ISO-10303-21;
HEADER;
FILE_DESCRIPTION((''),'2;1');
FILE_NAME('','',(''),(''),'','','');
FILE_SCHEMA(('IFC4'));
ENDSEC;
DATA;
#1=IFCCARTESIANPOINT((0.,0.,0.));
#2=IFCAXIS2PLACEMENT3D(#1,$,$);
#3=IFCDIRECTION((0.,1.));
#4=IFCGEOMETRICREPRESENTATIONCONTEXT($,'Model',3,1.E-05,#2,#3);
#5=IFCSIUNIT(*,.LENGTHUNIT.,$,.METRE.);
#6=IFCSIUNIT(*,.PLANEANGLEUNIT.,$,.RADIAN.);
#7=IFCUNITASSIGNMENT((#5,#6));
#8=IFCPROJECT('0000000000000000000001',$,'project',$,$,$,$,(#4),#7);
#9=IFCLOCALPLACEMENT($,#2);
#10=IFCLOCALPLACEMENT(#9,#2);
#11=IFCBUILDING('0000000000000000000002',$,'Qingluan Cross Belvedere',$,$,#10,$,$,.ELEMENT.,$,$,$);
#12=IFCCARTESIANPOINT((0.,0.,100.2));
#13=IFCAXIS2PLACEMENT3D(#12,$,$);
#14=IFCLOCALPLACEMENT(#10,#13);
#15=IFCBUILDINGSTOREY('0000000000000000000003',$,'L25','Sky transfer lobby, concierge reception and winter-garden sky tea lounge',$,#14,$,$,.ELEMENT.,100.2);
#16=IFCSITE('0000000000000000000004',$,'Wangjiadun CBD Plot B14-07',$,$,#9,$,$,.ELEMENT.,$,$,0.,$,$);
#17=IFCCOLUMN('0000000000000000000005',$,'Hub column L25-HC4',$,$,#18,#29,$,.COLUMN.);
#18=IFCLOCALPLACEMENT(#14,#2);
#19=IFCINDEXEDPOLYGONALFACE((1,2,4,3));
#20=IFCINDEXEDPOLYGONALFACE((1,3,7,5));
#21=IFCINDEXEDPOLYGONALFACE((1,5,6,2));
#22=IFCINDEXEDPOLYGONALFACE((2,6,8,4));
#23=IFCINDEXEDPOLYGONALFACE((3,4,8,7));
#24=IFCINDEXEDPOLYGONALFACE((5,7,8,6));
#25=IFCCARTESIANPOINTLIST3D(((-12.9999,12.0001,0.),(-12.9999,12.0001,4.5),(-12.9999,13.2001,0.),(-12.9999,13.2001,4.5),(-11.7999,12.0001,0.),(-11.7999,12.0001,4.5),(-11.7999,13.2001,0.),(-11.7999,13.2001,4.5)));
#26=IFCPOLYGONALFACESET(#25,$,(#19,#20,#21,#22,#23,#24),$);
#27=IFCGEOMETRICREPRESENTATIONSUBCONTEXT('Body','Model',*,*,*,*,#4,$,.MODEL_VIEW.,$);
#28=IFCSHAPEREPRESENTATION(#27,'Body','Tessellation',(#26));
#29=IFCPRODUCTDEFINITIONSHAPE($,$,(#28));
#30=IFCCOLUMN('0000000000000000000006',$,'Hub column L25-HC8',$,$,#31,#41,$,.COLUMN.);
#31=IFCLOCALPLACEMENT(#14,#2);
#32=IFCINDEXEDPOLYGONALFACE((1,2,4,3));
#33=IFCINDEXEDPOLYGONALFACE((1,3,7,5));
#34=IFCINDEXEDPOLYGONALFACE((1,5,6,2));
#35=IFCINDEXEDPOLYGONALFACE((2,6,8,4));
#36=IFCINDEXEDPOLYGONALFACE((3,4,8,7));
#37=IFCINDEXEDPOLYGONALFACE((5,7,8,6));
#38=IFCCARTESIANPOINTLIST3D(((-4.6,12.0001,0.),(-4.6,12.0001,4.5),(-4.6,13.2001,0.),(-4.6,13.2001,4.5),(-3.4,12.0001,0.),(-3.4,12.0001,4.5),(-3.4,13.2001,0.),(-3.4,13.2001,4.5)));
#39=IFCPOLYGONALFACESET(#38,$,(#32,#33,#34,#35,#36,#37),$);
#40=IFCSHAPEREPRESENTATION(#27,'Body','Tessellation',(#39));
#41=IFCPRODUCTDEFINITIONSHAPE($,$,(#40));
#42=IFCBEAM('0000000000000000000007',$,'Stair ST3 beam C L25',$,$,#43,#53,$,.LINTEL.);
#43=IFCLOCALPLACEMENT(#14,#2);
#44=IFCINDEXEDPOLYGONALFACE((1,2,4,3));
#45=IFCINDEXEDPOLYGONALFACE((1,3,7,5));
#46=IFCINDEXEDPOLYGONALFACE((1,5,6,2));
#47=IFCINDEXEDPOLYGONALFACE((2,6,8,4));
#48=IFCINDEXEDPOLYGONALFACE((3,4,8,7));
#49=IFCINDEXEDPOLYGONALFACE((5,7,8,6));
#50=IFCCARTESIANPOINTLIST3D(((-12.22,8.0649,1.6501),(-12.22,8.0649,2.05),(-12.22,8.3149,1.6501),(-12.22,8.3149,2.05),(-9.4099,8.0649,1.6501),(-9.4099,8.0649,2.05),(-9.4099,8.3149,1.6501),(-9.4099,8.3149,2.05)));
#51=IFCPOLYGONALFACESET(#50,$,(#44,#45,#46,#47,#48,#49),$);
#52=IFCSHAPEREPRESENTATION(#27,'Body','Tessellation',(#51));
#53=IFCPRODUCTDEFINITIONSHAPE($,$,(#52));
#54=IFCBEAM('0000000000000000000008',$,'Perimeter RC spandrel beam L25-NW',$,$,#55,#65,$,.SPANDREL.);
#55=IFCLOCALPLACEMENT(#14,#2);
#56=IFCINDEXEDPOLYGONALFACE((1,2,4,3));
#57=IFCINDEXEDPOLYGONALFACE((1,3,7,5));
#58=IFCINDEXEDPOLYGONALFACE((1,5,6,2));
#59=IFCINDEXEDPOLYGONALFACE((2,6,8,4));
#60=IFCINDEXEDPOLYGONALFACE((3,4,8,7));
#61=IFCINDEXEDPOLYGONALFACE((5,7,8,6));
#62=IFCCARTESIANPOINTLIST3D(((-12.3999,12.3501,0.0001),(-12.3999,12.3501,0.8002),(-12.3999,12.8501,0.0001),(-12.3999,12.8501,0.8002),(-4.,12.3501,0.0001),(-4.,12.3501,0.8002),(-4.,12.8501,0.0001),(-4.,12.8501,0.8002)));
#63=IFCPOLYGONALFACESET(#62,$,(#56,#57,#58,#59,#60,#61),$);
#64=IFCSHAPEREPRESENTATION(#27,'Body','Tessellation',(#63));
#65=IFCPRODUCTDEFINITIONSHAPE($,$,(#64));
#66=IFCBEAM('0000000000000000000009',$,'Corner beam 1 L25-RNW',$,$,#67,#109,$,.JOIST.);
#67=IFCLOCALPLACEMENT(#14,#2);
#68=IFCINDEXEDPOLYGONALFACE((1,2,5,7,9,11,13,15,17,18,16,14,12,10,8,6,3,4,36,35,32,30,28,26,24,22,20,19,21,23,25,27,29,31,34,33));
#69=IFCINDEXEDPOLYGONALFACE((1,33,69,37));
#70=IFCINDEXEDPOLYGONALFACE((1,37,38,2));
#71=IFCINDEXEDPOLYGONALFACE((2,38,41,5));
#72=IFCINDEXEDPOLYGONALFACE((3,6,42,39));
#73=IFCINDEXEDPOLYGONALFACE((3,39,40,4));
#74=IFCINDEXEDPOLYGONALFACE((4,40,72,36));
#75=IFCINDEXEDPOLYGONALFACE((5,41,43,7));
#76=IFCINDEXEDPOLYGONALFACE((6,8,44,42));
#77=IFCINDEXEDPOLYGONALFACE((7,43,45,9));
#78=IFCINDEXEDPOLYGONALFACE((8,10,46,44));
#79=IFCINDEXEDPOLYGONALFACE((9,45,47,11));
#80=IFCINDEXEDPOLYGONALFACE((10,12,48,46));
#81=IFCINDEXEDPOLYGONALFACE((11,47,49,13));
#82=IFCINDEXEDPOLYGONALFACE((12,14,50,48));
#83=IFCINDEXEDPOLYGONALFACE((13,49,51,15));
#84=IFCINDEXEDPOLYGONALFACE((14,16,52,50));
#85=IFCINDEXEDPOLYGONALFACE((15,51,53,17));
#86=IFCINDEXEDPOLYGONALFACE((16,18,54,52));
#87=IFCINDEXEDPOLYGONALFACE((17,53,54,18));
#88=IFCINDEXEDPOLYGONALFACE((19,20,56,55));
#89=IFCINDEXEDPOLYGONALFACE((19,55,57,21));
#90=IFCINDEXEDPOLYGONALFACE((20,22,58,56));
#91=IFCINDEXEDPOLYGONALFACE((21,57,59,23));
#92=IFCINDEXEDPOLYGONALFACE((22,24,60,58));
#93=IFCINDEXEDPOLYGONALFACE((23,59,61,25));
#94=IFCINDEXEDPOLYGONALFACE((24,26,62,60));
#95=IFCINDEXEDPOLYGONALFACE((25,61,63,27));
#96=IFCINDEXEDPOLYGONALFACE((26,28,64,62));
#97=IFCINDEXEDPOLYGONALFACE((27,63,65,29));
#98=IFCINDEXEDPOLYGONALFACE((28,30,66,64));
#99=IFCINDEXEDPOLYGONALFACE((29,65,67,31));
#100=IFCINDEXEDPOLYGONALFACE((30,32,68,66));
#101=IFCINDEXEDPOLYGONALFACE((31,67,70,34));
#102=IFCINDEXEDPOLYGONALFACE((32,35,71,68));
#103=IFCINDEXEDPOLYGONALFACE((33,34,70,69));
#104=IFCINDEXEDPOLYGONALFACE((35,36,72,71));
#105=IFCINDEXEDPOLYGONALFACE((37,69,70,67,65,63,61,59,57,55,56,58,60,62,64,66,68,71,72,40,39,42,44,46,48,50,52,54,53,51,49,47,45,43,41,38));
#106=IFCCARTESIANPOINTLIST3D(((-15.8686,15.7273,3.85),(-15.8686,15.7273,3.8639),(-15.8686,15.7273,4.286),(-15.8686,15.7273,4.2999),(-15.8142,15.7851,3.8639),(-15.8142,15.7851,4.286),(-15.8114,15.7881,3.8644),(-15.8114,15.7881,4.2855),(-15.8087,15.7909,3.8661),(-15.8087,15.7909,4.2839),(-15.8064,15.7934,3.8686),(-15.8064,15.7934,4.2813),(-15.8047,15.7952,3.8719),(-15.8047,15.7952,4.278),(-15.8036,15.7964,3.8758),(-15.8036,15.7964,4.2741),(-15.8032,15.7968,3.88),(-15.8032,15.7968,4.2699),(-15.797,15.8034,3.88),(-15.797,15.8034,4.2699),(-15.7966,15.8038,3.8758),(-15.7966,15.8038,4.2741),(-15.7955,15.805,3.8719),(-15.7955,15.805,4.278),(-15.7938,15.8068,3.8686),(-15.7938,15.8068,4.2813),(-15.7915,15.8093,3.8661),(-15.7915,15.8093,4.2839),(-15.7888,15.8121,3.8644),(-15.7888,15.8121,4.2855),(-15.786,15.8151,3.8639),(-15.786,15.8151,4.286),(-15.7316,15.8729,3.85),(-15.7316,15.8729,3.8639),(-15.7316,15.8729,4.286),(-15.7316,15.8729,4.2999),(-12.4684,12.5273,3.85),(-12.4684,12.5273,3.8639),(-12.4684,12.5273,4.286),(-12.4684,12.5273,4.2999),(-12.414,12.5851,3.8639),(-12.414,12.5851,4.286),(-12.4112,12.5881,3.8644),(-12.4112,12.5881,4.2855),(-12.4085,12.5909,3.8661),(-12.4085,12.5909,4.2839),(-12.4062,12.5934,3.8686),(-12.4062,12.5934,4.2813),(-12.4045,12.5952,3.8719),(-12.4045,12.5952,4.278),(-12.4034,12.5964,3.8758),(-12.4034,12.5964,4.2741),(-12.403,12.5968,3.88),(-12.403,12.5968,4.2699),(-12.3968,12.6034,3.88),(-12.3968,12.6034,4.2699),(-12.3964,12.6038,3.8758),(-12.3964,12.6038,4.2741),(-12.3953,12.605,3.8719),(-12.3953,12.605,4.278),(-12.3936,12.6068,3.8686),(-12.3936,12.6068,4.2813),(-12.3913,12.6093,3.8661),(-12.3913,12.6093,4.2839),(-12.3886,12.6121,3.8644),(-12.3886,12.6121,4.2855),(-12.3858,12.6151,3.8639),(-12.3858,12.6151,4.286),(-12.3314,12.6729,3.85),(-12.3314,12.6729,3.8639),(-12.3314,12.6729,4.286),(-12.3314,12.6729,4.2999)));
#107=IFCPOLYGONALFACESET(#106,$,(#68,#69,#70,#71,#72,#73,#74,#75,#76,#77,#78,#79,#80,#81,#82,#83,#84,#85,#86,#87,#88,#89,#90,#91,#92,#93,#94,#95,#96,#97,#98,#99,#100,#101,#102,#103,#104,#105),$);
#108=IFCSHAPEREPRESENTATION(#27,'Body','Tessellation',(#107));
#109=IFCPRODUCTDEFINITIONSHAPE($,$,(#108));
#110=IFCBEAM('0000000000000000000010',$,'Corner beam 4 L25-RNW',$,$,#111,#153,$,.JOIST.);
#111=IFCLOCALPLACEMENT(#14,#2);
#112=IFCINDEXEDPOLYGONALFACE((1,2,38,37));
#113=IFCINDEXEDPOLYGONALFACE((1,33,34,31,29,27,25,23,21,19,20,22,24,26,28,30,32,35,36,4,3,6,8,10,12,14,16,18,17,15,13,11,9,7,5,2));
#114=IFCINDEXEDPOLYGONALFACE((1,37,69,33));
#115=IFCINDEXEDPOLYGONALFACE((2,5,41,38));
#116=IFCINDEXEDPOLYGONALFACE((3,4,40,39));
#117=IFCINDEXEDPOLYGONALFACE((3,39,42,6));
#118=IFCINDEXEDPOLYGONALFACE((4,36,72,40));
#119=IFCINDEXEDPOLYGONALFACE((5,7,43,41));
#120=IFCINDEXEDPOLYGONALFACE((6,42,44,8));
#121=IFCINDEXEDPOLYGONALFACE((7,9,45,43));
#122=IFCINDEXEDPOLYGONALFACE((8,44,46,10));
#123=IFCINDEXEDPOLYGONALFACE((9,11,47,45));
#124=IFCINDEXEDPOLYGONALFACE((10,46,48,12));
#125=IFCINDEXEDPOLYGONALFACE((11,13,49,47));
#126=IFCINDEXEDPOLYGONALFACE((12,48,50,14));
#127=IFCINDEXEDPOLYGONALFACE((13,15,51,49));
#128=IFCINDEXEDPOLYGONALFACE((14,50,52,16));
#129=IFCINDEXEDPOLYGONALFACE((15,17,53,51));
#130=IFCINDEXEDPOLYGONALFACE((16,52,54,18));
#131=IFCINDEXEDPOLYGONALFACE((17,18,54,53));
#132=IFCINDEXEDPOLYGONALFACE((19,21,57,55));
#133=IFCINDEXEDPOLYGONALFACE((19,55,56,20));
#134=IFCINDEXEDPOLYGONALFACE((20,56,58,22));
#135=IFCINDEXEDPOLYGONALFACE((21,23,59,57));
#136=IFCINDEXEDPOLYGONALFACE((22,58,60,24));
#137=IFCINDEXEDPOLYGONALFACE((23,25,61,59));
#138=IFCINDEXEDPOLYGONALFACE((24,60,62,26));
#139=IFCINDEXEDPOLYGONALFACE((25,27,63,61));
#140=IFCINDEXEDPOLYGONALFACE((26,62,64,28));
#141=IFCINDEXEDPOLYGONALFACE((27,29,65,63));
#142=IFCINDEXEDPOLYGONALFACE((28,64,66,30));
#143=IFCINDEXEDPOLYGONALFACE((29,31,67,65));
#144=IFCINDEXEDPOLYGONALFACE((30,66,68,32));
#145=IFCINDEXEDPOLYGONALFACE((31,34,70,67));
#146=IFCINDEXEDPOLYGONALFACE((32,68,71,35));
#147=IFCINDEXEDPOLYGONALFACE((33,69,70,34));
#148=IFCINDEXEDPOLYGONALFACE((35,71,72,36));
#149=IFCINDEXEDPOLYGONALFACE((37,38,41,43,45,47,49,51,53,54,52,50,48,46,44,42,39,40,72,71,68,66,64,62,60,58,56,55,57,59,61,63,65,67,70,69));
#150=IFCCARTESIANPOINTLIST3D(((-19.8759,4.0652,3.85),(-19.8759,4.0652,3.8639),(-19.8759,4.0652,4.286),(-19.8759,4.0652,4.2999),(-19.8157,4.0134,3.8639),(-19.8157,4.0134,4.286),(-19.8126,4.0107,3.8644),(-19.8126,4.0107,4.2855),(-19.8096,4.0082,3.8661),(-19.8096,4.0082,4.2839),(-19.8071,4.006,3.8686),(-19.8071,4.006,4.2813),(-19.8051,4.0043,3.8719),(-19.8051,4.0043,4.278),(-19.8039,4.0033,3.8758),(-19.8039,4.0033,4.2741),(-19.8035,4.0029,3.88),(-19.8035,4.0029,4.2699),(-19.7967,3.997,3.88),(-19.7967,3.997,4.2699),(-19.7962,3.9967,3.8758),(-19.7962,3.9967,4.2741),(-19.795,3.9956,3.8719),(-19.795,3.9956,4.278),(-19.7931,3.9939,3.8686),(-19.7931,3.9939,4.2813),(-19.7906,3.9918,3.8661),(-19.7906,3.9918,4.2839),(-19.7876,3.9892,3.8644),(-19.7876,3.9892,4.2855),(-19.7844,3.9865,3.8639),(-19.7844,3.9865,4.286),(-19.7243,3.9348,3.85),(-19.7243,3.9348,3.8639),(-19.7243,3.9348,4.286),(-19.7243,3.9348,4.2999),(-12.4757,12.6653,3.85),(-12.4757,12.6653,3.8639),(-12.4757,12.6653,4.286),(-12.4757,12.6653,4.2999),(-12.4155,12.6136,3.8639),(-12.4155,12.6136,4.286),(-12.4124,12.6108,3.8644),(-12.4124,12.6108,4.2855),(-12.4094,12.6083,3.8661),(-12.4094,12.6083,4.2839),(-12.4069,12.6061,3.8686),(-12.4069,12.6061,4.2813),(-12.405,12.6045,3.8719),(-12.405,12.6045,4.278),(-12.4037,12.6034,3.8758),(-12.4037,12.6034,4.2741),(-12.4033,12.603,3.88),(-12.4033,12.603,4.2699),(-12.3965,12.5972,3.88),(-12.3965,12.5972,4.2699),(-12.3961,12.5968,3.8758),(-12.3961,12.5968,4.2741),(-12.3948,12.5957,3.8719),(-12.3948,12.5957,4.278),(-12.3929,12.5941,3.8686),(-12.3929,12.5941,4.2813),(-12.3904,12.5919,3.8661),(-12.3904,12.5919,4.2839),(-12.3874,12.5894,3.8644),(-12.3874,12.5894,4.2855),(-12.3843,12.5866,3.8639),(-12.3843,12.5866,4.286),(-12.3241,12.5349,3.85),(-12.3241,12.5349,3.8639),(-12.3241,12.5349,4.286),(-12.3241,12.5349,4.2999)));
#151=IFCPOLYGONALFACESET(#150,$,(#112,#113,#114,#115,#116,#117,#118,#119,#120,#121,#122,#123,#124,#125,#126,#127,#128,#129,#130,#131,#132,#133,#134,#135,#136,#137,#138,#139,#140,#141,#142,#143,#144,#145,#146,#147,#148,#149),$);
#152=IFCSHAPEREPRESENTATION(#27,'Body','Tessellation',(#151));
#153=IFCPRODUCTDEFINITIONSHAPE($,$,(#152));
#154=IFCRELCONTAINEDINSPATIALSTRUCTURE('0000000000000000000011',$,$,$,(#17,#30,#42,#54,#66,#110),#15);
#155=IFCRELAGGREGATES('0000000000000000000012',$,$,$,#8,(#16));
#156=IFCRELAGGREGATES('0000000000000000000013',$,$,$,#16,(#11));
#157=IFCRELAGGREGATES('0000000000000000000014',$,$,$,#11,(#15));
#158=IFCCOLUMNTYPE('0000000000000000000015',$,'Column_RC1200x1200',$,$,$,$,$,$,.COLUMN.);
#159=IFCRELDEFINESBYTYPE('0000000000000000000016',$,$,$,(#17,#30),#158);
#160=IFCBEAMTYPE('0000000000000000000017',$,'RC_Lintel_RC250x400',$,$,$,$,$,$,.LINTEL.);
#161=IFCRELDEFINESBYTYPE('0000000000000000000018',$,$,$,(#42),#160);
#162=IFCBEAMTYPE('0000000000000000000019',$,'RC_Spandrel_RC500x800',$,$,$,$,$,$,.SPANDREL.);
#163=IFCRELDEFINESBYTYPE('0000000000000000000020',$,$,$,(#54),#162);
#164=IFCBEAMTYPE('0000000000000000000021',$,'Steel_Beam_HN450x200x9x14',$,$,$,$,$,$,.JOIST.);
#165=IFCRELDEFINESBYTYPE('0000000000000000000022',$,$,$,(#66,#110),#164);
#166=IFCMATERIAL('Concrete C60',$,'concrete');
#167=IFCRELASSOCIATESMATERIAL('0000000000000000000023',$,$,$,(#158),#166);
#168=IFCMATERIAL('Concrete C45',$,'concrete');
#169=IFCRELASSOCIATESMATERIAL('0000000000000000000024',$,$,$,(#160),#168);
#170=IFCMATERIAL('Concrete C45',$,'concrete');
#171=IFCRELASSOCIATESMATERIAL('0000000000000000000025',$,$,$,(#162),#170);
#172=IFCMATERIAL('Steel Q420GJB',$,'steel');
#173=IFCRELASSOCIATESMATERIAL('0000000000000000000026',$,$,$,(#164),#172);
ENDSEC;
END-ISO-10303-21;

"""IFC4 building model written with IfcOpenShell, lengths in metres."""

from ifc_helpers import new_model, si_unit, direction, frame, origin, origin_2d, place, context, subcontext, project, spatial, rectangle, i_section, extrude, material, material_profile, profile_set, type_object, element, save


model = new_model("IFC4")

# Units and contexts
model_context = context("Model", 3, precision=1e-05, world=origin(), true_north=direction((0.0, 1.0)))
body_context = subcontext(model_context, "Body", "Model", "MODEL_VIEW")
ifc_project = project(units=[si_unit("LENGTHUNIT", "METRE"), si_unit("PLANEANGLEUNIT", "RADIAN")], contexts=[model_context])

# Site, building, storey
site_placement = place(None, origin())
site = spatial("IfcSite", under=ifc_project, at=site_placement, Name="Wangjiadun CBD Plot B14-07", CompositionType="ELEMENT", RefElevation=0.0)
building_placement = place(site_placement, origin())
building = spatial("IfcBuilding", under=site, at=building_placement, Name="Qingluan Cross Belvedere", CompositionType="ELEMENT")
storey_placement = place(building_placement, frame((0.0, 0.0, 100.2)))
storey = spatial("IfcBuildingStorey", under=building, at=storey_placement, Name="L25", Description="Sky transfer lobby, concierge reception and winter-garden sky tea lounge", CompositionType="ELEMENT", Elevation=100.2)

# Columns
ifc_material_1 = material(Name="Concrete C60", Category="concrete")
ifc_material_profile_1 = material_profile(ifc_material_1, rectangle(XDim=1.2, YDim=1.2, at=origin_2d()), Name="RC1200x1200")
ifc_profile_set_1 = profile_set([ifc_material_profile_1], Name="Concrete C60")
column_type = type_object("IfcColumnType", Name="Column_RC1200x1200", PredefinedType="COLUMN", material=ifc_profile_set_1)
for number, where, z_axis, x_axis, name in (
    (1, (-12.3999, 12.6001, 0.0), (0.0, 0.0, 1.0), (1.0, 0.0, 0.0), "Hub column L25-HC4"),
    (2, (-4.0, 12.6001, 0.0), (0.0, 0.0, 1.0), (1.0, 0.0, 0.0), "Hub column L25-HC8"),
):
    element("IfcColumn", number, at=place(storey_placement, frame(where, z_axis=z_axis, x_axis=x_axis)), inside=storey, type_object=column_type, Name=name, PredefinedType="COLUMN", context=body_context, shape_type="SweptSolid", body=[
        extrude(rectangle(XDim=1.2, YDim=1.2, at=origin_2d()), origin(), (0.0, 0.0, 1.0), 4.5),
    ])

# Beams
ifc_material_2 = material(Name="Concrete C45", Category="concrete")
ifc_material_profile_2 = material_profile(ifc_material_2, rectangle(XDim=0.25, YDim=0.3999, at=origin_2d()), Name="RC250x400")
ifc_profile_set_2 = profile_set([ifc_material_profile_2], Name="Concrete C45")
beam_type_1 = type_object("IfcBeamType", Name="RC_Lintel_RC250x400", PredefinedType="LINTEL", material=ifc_profile_set_2)
beam_1_placement = place(storey_placement, frame((-12.22, 8.1899, 1.8501), z_axis=(1.0, 0.0, 0.0), x_axis=(0.0, 1.0, 0.0)))
element("IfcBeam", 3, at=beam_1_placement, inside=storey, type_object=beam_type_1, Name="Stair ST3 beam C L25", PredefinedType="LINTEL", context=body_context, shape_type="SweptSolid", body=[
    extrude(rectangle(XDim=0.25, YDim=0.3999, at=origin_2d()), origin(), (0.0, 0.0, 1.0), 2.8101),
])
ifc_material_3 = material(Name="Concrete C45", Category="concrete")
ifc_material_profile_3 = material_profile(ifc_material_3, rectangle(XDim=0.5, YDim=0.8, at=origin_2d()), Name="RC500x800")
ifc_profile_set_3 = profile_set([ifc_material_profile_3], Name="Concrete C45")
beam_type_2 = type_object("IfcBeamType", Name="RC_Spandrel_RC500x800", PredefinedType="SPANDREL", material=ifc_profile_set_3)
beam_2_placement = place(storey_placement, frame((-12.3999, 12.6001, 0.4001), z_axis=(1.0, 0.0, 0.0), x_axis=(0.0, 1.0, 0.0)))
element("IfcBeam", 4, at=beam_2_placement, inside=storey, type_object=beam_type_2, Name="Perimeter RC spandrel beam L25-NW", PredefinedType="SPANDREL", context=body_context, shape_type="SweptSolid", body=[
    extrude(rectangle(XDim=0.5, YDim=0.8, at=origin_2d()), origin(), (0.0, 0.0, 1.0), 8.3999),
])
ifc_material_4 = material(Name="Steel Q420GJB", Category="steel")
ifc_material_profile_4 = material_profile(ifc_material_4, i_section(OverallWidth=0.2, OverallDepth=0.45, WebThickness=0.009, FlangeThickness=0.0139, FilletRadius=0.0161, at=origin_2d()), Name="HN450x200x9x14")
ifc_profile_set_4 = profile_set([ifc_material_profile_4], Name="Steel Q420GJB")
beam_type_3 = type_object("IfcBeamType", Name="Steel_Beam_HN450x200x9x14", PredefinedType="JOIST", material=ifc_profile_set_4)
beam_3_placement = place(storey_placement, frame((-12.3999, 12.6001, 4.075), z_axis=(-0.72822, 0.685343, 0.0), x_axis=(-0.685343, -0.72822, 0.0)))
element("IfcBeam", 5, at=beam_3_placement, inside=storey, type_object=beam_type_3, Name="Corner beam 1 L25-RNW", PredefinedType="JOIST", context=body_context, shape_type="SweptSolid", body=[
    extrude(i_section(OverallWidth=0.2, OverallDepth=0.45, WebThickness=0.009, FlangeThickness=0.0139, FilletRadius=0.0161, at=origin_2d()), origin(), (0.0, 0.0, 1.0), 4.6692),
])
beam_4_placement = place(storey_placement, frame((-12.3999, 12.6001, 4.075), z_axis=(-0.652245, -0.758008, 0.0), x_axis=(0.758008, -0.652245, 0.0)))
element("IfcBeam", 6, at=beam_4_placement, inside=storey, type_object=beam_type_3, Name="Corner beam 4 L25-RNW", PredefinedType="JOIST", context=body_context, shape_type="SweptSolid", body=[
    extrude(i_section(OverallWidth=0.2, OverallDepth=0.45, WebThickness=0.009, FlangeThickness=0.0139, FilletRadius=0.0161, at=origin_2d()), origin(), (0.0, 0.0, 1.0), 11.3457),
])

save(model, "model.ifc")
